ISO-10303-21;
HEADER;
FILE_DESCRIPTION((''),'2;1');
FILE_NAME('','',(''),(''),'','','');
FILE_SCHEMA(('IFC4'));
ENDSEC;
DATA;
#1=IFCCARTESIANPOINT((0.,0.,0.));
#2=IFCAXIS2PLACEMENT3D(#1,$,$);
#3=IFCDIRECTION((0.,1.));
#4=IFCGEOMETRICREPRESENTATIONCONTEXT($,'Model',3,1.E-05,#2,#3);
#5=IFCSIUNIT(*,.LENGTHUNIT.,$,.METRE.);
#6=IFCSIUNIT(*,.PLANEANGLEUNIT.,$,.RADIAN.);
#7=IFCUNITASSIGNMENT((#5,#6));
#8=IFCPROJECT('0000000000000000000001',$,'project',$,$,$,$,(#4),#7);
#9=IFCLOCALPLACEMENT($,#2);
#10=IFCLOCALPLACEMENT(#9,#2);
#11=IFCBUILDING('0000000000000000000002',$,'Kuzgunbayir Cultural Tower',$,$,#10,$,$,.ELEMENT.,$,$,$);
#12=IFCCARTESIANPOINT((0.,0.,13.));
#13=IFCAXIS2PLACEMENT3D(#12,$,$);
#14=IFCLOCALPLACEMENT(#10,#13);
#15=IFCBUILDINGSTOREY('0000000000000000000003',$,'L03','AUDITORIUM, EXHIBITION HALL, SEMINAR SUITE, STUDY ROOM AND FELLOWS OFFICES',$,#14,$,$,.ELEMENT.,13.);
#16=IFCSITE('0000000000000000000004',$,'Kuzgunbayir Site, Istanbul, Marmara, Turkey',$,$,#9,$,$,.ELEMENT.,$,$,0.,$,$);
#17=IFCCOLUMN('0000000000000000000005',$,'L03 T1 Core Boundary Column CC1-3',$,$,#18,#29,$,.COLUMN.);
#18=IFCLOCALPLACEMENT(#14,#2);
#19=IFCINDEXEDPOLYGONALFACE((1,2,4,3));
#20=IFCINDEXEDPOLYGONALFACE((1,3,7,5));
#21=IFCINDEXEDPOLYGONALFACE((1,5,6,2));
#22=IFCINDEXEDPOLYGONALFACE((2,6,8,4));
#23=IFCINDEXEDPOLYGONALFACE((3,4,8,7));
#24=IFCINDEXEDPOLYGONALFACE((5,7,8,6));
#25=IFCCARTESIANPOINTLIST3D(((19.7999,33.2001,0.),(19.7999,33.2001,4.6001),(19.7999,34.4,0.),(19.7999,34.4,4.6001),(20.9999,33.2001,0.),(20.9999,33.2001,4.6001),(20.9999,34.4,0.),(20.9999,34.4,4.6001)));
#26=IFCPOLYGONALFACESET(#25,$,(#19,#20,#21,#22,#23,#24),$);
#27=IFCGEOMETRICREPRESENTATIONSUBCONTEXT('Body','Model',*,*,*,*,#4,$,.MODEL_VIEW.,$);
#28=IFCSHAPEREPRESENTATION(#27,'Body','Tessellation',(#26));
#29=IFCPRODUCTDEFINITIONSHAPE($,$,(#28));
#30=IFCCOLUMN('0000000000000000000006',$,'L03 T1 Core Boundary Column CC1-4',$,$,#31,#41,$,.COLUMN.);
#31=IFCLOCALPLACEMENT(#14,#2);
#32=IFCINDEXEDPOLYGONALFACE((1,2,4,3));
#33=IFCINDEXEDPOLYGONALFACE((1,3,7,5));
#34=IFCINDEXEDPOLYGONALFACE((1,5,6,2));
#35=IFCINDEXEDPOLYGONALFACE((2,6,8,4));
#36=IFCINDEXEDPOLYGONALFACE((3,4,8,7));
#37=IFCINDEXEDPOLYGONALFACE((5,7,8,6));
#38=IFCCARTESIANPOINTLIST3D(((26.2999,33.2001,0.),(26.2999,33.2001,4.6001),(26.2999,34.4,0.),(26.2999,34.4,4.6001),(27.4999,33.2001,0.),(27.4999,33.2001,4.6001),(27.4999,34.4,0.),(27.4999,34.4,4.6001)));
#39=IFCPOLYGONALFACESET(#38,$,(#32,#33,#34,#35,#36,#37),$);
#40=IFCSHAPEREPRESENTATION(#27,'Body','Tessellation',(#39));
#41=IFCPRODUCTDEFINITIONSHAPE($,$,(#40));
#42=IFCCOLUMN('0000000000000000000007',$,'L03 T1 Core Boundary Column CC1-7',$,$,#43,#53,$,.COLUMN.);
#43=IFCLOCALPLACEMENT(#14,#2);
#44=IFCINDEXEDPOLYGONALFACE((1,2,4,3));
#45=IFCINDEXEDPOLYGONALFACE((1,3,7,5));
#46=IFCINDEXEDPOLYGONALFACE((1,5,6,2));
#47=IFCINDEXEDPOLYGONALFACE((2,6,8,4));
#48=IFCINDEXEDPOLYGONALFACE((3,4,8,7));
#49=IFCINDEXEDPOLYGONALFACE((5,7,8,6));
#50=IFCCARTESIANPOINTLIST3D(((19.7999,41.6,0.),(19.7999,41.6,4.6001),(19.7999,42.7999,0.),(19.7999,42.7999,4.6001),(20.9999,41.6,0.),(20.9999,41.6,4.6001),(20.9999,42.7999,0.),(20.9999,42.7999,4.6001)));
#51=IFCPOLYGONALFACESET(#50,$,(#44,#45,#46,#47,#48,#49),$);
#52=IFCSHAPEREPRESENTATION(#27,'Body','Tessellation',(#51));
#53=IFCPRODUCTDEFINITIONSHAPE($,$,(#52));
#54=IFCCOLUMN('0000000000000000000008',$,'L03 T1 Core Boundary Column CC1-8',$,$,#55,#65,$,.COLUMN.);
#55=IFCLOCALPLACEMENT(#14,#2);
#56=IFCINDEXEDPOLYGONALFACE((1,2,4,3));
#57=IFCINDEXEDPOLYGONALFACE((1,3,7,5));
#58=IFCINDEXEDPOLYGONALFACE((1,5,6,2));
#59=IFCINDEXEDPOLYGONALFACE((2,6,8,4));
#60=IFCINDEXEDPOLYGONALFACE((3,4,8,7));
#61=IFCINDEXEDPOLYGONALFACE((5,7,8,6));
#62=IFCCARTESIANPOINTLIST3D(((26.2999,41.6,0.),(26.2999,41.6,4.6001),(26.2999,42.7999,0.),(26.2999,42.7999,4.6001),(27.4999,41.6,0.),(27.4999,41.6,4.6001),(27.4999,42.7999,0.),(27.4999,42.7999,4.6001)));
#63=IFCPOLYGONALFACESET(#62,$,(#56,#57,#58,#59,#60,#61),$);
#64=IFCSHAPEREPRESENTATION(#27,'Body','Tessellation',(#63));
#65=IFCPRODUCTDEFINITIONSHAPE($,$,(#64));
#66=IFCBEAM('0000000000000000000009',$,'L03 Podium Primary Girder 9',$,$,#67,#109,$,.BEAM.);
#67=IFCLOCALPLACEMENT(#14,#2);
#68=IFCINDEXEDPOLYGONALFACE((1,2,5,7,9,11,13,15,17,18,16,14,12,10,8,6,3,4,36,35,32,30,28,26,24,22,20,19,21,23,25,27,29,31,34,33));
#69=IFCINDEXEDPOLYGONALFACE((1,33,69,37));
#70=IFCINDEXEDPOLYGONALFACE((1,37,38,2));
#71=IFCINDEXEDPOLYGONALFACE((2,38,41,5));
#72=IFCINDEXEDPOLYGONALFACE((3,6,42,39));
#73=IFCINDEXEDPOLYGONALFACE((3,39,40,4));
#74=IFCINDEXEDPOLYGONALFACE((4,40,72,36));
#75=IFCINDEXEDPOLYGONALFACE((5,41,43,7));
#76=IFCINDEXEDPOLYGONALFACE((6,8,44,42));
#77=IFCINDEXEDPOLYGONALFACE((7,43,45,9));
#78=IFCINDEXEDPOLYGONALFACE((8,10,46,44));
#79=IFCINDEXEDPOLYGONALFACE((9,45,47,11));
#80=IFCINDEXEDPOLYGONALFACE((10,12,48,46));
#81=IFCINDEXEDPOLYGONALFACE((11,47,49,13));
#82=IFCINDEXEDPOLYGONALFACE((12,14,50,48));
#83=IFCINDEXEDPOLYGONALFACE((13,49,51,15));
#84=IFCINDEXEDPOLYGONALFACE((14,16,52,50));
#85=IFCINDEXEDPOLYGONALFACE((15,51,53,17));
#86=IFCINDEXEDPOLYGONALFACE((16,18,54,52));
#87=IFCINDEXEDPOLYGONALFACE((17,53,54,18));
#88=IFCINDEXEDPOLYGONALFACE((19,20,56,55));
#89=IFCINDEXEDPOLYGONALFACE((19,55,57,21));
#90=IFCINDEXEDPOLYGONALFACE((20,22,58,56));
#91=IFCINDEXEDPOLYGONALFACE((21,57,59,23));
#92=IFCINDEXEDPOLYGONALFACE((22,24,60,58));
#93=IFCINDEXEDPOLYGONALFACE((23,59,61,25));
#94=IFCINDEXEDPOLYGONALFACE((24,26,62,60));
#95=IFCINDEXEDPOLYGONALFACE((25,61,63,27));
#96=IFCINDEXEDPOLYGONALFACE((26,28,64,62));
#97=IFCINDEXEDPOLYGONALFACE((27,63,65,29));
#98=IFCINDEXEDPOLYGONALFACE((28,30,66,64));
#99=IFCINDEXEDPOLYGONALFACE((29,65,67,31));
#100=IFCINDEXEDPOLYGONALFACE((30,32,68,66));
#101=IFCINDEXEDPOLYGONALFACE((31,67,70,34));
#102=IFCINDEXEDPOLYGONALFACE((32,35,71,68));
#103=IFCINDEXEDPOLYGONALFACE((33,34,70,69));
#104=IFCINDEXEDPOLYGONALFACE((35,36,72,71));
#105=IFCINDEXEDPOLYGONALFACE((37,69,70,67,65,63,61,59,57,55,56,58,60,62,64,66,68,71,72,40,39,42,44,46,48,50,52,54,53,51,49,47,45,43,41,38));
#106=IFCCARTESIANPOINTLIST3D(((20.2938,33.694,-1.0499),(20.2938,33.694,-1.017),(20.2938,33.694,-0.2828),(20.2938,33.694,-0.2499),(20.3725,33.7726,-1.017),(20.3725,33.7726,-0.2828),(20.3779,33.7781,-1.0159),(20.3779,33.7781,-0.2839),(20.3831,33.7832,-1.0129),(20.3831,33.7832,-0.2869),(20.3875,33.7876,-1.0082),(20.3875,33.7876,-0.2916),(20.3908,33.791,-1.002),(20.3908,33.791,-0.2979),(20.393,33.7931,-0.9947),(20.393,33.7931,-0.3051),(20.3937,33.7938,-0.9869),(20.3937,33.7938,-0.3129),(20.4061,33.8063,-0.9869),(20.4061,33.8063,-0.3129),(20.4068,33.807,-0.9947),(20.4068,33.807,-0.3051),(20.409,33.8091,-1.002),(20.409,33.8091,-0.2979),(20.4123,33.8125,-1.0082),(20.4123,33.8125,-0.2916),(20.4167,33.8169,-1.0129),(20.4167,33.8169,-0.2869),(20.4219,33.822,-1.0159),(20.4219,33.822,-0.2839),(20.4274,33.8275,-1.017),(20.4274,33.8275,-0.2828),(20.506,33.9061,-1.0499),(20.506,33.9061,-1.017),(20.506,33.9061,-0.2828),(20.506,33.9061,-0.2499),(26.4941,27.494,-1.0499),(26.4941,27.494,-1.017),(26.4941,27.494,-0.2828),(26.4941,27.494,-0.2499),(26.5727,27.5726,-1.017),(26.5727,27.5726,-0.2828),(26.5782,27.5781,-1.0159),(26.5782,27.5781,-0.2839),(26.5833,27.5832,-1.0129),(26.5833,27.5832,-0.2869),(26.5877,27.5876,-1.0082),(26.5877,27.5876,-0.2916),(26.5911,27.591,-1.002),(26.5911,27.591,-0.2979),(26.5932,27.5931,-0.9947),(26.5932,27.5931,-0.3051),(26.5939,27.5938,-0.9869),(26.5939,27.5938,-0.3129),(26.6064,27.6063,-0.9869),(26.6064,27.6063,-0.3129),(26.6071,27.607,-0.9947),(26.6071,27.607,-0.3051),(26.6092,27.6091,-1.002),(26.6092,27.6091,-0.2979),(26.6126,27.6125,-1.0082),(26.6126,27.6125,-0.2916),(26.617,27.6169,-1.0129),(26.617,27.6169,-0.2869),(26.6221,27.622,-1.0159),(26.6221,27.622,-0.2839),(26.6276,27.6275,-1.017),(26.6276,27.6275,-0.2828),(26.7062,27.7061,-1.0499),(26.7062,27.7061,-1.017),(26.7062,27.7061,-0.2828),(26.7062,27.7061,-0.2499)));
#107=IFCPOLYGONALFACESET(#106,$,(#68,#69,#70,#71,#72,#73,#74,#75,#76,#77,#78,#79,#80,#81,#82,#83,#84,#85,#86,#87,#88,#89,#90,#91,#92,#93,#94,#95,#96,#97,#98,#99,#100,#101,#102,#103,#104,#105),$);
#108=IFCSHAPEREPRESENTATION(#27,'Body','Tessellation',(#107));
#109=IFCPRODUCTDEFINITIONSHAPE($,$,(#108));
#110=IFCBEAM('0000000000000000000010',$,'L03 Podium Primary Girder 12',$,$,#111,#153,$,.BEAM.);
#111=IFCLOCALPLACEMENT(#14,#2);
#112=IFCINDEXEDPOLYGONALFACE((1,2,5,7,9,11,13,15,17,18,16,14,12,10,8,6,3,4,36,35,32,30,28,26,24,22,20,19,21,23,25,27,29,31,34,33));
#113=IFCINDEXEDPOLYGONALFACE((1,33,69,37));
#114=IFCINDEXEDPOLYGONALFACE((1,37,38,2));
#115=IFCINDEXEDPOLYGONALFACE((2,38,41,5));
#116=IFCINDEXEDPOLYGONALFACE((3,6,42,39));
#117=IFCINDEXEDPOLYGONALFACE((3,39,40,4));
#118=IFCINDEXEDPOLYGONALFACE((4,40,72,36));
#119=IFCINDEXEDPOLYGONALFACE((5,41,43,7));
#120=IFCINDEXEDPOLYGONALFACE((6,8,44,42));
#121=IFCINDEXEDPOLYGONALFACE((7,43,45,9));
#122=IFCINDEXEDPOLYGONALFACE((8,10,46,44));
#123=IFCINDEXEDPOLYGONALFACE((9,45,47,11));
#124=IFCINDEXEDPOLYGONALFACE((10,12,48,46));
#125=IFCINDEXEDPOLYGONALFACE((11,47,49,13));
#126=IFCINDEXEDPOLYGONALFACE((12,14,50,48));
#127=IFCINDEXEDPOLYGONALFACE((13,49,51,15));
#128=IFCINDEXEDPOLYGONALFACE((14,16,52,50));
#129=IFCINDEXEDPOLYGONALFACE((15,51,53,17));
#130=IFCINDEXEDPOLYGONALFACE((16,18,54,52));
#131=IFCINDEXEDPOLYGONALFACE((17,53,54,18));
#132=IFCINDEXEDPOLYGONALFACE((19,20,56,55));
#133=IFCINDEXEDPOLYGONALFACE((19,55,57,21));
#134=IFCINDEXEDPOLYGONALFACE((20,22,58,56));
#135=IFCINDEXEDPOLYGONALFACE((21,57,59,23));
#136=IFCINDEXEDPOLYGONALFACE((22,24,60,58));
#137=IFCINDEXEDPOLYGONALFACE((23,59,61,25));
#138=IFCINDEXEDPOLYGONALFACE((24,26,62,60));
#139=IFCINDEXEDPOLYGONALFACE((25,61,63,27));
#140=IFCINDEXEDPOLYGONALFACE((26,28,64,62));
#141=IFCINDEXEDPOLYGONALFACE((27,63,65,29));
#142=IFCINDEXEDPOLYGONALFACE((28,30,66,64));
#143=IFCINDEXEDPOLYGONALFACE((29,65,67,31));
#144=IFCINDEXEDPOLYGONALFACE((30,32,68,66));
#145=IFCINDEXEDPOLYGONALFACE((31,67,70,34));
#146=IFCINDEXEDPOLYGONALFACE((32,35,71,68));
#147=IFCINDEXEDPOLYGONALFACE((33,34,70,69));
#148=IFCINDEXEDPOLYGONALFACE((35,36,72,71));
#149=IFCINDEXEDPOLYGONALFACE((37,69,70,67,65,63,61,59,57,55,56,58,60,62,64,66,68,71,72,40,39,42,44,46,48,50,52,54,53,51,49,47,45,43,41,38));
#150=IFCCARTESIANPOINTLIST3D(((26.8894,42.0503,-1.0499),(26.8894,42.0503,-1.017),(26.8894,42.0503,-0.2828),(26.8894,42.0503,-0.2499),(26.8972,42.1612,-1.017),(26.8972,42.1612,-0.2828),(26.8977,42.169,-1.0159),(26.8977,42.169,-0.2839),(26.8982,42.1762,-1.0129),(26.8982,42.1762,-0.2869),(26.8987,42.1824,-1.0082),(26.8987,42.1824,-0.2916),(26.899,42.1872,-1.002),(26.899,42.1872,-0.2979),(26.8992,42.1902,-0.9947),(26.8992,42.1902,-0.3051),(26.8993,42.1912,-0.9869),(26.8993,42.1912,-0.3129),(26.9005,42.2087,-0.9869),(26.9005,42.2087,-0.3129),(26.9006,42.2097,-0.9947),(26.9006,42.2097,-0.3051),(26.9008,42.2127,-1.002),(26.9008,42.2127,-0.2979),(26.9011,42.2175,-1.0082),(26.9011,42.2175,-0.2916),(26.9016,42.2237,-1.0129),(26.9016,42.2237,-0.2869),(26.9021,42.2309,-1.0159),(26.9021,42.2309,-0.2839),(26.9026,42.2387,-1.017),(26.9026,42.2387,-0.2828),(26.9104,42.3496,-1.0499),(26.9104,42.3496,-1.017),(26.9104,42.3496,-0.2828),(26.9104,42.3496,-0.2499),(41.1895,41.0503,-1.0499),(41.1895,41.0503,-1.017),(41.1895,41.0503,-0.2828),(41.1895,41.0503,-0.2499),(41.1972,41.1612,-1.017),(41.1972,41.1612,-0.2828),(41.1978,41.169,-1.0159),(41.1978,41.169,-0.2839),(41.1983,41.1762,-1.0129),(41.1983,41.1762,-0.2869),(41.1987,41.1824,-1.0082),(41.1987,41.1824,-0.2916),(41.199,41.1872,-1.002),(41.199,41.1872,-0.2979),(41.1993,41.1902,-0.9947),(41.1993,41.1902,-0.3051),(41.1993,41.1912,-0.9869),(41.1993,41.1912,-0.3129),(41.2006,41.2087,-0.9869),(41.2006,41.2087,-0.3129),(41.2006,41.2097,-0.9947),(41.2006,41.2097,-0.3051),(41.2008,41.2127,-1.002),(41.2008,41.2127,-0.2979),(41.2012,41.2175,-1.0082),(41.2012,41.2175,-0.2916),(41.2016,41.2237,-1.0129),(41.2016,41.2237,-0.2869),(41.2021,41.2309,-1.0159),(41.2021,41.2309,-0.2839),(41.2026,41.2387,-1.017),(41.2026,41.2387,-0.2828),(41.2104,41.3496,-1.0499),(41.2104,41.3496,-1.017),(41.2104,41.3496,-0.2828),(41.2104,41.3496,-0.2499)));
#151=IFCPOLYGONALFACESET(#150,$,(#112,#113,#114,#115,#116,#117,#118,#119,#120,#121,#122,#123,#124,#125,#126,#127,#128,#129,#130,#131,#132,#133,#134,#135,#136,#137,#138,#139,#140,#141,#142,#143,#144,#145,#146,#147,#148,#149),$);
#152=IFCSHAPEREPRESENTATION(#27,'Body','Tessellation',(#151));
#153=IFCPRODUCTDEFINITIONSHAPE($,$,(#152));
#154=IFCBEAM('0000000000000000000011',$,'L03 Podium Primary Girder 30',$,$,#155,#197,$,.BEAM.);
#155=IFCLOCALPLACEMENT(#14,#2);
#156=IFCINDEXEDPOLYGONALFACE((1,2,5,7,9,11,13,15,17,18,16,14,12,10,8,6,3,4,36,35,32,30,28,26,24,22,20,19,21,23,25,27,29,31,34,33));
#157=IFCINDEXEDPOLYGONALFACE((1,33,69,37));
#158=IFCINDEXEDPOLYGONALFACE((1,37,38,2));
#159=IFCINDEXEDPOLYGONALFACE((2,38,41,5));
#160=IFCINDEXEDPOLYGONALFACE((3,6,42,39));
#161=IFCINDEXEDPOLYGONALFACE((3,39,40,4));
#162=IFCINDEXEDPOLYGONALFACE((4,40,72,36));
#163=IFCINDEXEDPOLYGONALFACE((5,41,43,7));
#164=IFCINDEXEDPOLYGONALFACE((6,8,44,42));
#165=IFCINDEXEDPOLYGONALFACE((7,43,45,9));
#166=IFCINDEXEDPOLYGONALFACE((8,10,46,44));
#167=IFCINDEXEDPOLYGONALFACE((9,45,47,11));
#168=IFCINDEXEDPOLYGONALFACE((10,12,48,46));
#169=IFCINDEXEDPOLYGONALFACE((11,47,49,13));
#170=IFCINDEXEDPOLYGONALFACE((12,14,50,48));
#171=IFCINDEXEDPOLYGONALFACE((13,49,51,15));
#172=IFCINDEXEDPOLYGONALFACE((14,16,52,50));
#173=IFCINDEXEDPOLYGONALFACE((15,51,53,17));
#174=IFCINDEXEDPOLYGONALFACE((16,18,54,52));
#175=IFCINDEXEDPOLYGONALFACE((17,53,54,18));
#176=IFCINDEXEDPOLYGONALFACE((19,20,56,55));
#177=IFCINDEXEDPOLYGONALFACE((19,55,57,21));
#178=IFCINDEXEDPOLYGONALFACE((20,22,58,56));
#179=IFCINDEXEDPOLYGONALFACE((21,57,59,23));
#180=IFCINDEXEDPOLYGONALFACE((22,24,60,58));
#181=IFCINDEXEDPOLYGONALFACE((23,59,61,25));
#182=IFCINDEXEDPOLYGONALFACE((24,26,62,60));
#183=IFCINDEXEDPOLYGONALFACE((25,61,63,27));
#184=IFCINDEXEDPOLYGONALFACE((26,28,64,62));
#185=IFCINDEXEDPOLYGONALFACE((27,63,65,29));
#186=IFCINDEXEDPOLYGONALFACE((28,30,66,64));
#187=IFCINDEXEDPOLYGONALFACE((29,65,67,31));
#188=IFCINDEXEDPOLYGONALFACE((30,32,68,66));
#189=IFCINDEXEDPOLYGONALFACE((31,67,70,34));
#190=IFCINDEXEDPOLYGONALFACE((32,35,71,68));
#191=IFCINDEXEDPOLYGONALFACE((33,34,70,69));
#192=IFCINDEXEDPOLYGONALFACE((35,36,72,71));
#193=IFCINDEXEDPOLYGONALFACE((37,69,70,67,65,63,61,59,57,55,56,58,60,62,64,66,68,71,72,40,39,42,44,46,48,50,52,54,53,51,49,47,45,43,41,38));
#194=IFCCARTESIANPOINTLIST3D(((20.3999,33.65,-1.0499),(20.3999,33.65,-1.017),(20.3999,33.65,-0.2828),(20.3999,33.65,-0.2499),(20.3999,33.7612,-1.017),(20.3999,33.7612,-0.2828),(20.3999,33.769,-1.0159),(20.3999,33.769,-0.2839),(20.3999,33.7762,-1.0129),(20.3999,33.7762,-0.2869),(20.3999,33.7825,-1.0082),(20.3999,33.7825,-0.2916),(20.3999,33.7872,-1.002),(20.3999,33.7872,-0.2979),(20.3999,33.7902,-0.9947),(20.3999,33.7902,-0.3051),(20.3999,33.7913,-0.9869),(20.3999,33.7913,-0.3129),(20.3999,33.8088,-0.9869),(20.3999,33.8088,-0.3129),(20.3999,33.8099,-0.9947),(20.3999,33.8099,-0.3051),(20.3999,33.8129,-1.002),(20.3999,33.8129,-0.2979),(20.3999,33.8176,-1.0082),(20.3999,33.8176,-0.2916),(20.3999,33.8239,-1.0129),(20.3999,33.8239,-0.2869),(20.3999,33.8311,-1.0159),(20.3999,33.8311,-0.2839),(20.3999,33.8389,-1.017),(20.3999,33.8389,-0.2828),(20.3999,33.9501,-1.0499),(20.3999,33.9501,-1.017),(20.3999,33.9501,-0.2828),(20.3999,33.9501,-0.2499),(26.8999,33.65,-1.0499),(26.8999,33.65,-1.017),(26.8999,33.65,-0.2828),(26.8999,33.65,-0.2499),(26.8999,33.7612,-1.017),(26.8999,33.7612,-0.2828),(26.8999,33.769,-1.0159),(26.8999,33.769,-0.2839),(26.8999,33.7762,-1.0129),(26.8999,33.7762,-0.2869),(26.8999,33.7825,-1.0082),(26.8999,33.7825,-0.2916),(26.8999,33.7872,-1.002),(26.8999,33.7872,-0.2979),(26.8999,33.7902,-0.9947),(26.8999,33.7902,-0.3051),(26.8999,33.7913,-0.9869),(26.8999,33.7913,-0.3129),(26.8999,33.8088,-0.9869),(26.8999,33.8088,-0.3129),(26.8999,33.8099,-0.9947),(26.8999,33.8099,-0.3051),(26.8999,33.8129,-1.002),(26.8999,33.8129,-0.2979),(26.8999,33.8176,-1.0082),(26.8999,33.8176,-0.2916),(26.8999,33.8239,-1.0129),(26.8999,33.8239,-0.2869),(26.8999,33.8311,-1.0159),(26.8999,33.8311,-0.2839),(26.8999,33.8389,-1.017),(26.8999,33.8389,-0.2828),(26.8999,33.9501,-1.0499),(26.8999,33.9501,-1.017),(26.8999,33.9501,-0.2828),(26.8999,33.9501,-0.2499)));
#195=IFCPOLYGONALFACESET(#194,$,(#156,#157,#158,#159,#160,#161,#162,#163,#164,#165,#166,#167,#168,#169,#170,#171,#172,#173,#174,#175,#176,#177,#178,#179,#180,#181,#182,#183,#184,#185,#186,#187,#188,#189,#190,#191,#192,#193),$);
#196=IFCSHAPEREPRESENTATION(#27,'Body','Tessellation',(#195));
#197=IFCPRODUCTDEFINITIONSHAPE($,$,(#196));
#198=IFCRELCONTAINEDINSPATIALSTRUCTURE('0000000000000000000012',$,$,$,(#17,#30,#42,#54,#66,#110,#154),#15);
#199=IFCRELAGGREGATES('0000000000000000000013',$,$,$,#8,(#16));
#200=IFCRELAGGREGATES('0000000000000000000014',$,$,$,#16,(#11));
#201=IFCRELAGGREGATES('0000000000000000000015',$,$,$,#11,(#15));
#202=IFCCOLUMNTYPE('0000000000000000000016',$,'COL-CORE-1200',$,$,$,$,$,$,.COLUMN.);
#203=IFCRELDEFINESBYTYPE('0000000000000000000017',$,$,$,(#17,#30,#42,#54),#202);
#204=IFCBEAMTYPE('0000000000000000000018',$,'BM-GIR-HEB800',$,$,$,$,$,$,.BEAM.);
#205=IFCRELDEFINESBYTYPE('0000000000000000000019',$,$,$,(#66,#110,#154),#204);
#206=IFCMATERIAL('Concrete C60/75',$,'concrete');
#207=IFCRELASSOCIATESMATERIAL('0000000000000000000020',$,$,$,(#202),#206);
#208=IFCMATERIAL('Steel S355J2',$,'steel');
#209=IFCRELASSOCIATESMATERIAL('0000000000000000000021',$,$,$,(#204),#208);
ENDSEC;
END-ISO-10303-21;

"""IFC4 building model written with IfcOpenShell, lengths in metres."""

from ifc_helpers import new_model, si_unit, direction, frame, origin, origin_2d, place, context, subcontext, project, spatial, rectangle, i_section, extrude, material, material_profile, profile_set, type_object, element, save


model = new_model("IFC4")

# Units and contexts
model_context = context("Model", 3, precision=1e-05, world=origin(), true_north=direction((0.0, 1.0)))
body_context = subcontext(model_context, "Body", "Model", "MODEL_VIEW")
ifc_project = project(units=[si_unit("LENGTHUNIT", "METRE"), si_unit("PLANEANGLEUNIT", "RADIAN")], contexts=[model_context])

# Site, building, storey
site_placement = place(None, origin())
site = spatial("IfcSite", under=ifc_project, at=site_placement, Name="Kuzgunbayir Site, Istanbul, Marmara, Turkey", CompositionType="ELEMENT", RefElevation=0.0)
building_placement = place(site_placement, origin())
building = spatial("IfcBuilding", under=site, at=building_placement, Name="Kuzgunbayir Cultural Tower", CompositionType="ELEMENT")
storey_placement = place(building_placement, frame((0.0, 0.0, 13.0)))
storey = spatial("IfcBuildingStorey", under=building, at=storey_placement, Name="L03", Description="AUDITORIUM, EXHIBITION HALL, SEMINAR SUITE, STUDY ROOM AND FELLOWS OFFICES", CompositionType="ELEMENT", Elevation=13.0)

# Columns
ifc_material_1 = material(Name="Concrete C60/75", Category="concrete")
ifc_material_profile_1 = material_profile(ifc_material_1, rectangle(XDim=1.2, YDim=1.2, at=origin_2d()), Name="RC 1200x1200")
ifc_profile_set_1 = profile_set([ifc_material_profile_1], Name="Concrete C60/75")
column_type = type_object("IfcColumnType", Name="COL-CORE-1200", PredefinedType="COLUMN", material=ifc_profile_set_1)
for number, where, z_axis, x_axis, name in (
    (1, (20.3999, 33.8, 0.0), (0.0, 0.0, 1.0), (1.0, 0.0, 0.0), "L03 T1 Core Boundary Column CC1-3"),
    (2, (26.8999, 33.8, 0.0), (0.0, 0.0, 1.0), (1.0, 0.0, 0.0), "L03 T1 Core Boundary Column CC1-4"),
    (3, (20.3999, 42.2, 0.0), (0.0, 0.0, 1.0), (1.0, 0.0, 0.0), "L03 T1 Core Boundary Column CC1-7"),
    (4, (26.8999, 42.2, 0.0), (0.0, 0.0, 1.0), (1.0, 0.0, 0.0), "L03 T1 Core Boundary Column CC1-8"),
):
    element("IfcColumn", number, at=place(storey_placement, frame(where, z_axis=z_axis, x_axis=x_axis)), inside=storey, type_object=column_type, Name=name, PredefinedType="COLUMN", context=body_context, shape_type="SweptSolid", body=[
        extrude(rectangle(XDim=1.2, YDim=1.2, at=origin_2d()), origin(), (0.0, 0.0, 1.0), 4.6001),
    ])

# Beams
ifc_material_2 = material(Name="Steel S355J2", Category="steel")
ifc_material_profile_2 = material_profile(ifc_material_2, i_section(OverallWidth=0.3, OverallDepth=0.8, WebThickness=0.0176, FlangeThickness=0.033, FilletRadius=0.03, at=origin_2d()), Name="HEB 800")
ifc_profile_set_2 = profile_set([ifc_material_profile_2], Name="Steel S355J2")
beam_type = type_object("IfcBeamType", Name="BM-GIR-HEB800", PredefinedType="BEAM", material=ifc_profile_set_2)
beam_1_placement = place(storey_placement, frame((20.3999, 33.8, -0.6499), z_axis=(0.707121, -0.707093, 0.0), x_axis=(0.707093, 0.707121, 0.0)))
element("IfcBeam", 5, at=beam_1_placement, inside=storey, type_object=beam_type, Name="L03 Podium Primary Girder 9", PredefinedType="BEAM", context=body_context, shape_type="SweptSolid", body=[
    extrude(i_section(OverallWidth=0.3, OverallDepth=0.8, WebThickness=0.0176, FlangeThickness=0.033, FilletRadius=0.03, at=origin_2d()), origin(), (0.0, 0.0, 1.0), 8.7683),
])
beam_2_placement = place(storey_placement, frame((26.8999, 42.2, -0.6499), z_axis=(0.997564, -0.069759, 0.0), x_axis=(0.069759, 0.997564, 0.0)))
element("IfcBeam", 6, at=beam_2_placement, inside=storey, type_object=beam_type, Name="L03 Podium Primary Girder 12", PredefinedType="BEAM", context=body_context, shape_type="SweptSolid", body=[
    extrude(i_section(OverallWidth=0.3, OverallDepth=0.8, WebThickness=0.0176, FlangeThickness=0.033, FilletRadius=0.03, at=origin_2d()), origin(), (0.0, 0.0, 1.0), 14.335),
])
beam_3_placement = place(storey_placement, frame((20.3999, 33.8, -0.6499), z_axis=(1.0, 0.0, 0.0), x_axis=(0.0, 1.0, 0.0)))
element("IfcBeam", 7, at=beam_3_placement, inside=storey, type_object=beam_type, Name="L03 Podium Primary Girder 30", PredefinedType="BEAM", context=body_context, shape_type="SweptSolid", body=[
    extrude(i_section(OverallWidth=0.3, OverallDepth=0.8, WebThickness=0.0176, FlangeThickness=0.033, FilletRadius=0.03, at=origin_2d()), origin(), (0.0, 0.0, 1.0), 6.5),
])

save(model, "model.ifc")
